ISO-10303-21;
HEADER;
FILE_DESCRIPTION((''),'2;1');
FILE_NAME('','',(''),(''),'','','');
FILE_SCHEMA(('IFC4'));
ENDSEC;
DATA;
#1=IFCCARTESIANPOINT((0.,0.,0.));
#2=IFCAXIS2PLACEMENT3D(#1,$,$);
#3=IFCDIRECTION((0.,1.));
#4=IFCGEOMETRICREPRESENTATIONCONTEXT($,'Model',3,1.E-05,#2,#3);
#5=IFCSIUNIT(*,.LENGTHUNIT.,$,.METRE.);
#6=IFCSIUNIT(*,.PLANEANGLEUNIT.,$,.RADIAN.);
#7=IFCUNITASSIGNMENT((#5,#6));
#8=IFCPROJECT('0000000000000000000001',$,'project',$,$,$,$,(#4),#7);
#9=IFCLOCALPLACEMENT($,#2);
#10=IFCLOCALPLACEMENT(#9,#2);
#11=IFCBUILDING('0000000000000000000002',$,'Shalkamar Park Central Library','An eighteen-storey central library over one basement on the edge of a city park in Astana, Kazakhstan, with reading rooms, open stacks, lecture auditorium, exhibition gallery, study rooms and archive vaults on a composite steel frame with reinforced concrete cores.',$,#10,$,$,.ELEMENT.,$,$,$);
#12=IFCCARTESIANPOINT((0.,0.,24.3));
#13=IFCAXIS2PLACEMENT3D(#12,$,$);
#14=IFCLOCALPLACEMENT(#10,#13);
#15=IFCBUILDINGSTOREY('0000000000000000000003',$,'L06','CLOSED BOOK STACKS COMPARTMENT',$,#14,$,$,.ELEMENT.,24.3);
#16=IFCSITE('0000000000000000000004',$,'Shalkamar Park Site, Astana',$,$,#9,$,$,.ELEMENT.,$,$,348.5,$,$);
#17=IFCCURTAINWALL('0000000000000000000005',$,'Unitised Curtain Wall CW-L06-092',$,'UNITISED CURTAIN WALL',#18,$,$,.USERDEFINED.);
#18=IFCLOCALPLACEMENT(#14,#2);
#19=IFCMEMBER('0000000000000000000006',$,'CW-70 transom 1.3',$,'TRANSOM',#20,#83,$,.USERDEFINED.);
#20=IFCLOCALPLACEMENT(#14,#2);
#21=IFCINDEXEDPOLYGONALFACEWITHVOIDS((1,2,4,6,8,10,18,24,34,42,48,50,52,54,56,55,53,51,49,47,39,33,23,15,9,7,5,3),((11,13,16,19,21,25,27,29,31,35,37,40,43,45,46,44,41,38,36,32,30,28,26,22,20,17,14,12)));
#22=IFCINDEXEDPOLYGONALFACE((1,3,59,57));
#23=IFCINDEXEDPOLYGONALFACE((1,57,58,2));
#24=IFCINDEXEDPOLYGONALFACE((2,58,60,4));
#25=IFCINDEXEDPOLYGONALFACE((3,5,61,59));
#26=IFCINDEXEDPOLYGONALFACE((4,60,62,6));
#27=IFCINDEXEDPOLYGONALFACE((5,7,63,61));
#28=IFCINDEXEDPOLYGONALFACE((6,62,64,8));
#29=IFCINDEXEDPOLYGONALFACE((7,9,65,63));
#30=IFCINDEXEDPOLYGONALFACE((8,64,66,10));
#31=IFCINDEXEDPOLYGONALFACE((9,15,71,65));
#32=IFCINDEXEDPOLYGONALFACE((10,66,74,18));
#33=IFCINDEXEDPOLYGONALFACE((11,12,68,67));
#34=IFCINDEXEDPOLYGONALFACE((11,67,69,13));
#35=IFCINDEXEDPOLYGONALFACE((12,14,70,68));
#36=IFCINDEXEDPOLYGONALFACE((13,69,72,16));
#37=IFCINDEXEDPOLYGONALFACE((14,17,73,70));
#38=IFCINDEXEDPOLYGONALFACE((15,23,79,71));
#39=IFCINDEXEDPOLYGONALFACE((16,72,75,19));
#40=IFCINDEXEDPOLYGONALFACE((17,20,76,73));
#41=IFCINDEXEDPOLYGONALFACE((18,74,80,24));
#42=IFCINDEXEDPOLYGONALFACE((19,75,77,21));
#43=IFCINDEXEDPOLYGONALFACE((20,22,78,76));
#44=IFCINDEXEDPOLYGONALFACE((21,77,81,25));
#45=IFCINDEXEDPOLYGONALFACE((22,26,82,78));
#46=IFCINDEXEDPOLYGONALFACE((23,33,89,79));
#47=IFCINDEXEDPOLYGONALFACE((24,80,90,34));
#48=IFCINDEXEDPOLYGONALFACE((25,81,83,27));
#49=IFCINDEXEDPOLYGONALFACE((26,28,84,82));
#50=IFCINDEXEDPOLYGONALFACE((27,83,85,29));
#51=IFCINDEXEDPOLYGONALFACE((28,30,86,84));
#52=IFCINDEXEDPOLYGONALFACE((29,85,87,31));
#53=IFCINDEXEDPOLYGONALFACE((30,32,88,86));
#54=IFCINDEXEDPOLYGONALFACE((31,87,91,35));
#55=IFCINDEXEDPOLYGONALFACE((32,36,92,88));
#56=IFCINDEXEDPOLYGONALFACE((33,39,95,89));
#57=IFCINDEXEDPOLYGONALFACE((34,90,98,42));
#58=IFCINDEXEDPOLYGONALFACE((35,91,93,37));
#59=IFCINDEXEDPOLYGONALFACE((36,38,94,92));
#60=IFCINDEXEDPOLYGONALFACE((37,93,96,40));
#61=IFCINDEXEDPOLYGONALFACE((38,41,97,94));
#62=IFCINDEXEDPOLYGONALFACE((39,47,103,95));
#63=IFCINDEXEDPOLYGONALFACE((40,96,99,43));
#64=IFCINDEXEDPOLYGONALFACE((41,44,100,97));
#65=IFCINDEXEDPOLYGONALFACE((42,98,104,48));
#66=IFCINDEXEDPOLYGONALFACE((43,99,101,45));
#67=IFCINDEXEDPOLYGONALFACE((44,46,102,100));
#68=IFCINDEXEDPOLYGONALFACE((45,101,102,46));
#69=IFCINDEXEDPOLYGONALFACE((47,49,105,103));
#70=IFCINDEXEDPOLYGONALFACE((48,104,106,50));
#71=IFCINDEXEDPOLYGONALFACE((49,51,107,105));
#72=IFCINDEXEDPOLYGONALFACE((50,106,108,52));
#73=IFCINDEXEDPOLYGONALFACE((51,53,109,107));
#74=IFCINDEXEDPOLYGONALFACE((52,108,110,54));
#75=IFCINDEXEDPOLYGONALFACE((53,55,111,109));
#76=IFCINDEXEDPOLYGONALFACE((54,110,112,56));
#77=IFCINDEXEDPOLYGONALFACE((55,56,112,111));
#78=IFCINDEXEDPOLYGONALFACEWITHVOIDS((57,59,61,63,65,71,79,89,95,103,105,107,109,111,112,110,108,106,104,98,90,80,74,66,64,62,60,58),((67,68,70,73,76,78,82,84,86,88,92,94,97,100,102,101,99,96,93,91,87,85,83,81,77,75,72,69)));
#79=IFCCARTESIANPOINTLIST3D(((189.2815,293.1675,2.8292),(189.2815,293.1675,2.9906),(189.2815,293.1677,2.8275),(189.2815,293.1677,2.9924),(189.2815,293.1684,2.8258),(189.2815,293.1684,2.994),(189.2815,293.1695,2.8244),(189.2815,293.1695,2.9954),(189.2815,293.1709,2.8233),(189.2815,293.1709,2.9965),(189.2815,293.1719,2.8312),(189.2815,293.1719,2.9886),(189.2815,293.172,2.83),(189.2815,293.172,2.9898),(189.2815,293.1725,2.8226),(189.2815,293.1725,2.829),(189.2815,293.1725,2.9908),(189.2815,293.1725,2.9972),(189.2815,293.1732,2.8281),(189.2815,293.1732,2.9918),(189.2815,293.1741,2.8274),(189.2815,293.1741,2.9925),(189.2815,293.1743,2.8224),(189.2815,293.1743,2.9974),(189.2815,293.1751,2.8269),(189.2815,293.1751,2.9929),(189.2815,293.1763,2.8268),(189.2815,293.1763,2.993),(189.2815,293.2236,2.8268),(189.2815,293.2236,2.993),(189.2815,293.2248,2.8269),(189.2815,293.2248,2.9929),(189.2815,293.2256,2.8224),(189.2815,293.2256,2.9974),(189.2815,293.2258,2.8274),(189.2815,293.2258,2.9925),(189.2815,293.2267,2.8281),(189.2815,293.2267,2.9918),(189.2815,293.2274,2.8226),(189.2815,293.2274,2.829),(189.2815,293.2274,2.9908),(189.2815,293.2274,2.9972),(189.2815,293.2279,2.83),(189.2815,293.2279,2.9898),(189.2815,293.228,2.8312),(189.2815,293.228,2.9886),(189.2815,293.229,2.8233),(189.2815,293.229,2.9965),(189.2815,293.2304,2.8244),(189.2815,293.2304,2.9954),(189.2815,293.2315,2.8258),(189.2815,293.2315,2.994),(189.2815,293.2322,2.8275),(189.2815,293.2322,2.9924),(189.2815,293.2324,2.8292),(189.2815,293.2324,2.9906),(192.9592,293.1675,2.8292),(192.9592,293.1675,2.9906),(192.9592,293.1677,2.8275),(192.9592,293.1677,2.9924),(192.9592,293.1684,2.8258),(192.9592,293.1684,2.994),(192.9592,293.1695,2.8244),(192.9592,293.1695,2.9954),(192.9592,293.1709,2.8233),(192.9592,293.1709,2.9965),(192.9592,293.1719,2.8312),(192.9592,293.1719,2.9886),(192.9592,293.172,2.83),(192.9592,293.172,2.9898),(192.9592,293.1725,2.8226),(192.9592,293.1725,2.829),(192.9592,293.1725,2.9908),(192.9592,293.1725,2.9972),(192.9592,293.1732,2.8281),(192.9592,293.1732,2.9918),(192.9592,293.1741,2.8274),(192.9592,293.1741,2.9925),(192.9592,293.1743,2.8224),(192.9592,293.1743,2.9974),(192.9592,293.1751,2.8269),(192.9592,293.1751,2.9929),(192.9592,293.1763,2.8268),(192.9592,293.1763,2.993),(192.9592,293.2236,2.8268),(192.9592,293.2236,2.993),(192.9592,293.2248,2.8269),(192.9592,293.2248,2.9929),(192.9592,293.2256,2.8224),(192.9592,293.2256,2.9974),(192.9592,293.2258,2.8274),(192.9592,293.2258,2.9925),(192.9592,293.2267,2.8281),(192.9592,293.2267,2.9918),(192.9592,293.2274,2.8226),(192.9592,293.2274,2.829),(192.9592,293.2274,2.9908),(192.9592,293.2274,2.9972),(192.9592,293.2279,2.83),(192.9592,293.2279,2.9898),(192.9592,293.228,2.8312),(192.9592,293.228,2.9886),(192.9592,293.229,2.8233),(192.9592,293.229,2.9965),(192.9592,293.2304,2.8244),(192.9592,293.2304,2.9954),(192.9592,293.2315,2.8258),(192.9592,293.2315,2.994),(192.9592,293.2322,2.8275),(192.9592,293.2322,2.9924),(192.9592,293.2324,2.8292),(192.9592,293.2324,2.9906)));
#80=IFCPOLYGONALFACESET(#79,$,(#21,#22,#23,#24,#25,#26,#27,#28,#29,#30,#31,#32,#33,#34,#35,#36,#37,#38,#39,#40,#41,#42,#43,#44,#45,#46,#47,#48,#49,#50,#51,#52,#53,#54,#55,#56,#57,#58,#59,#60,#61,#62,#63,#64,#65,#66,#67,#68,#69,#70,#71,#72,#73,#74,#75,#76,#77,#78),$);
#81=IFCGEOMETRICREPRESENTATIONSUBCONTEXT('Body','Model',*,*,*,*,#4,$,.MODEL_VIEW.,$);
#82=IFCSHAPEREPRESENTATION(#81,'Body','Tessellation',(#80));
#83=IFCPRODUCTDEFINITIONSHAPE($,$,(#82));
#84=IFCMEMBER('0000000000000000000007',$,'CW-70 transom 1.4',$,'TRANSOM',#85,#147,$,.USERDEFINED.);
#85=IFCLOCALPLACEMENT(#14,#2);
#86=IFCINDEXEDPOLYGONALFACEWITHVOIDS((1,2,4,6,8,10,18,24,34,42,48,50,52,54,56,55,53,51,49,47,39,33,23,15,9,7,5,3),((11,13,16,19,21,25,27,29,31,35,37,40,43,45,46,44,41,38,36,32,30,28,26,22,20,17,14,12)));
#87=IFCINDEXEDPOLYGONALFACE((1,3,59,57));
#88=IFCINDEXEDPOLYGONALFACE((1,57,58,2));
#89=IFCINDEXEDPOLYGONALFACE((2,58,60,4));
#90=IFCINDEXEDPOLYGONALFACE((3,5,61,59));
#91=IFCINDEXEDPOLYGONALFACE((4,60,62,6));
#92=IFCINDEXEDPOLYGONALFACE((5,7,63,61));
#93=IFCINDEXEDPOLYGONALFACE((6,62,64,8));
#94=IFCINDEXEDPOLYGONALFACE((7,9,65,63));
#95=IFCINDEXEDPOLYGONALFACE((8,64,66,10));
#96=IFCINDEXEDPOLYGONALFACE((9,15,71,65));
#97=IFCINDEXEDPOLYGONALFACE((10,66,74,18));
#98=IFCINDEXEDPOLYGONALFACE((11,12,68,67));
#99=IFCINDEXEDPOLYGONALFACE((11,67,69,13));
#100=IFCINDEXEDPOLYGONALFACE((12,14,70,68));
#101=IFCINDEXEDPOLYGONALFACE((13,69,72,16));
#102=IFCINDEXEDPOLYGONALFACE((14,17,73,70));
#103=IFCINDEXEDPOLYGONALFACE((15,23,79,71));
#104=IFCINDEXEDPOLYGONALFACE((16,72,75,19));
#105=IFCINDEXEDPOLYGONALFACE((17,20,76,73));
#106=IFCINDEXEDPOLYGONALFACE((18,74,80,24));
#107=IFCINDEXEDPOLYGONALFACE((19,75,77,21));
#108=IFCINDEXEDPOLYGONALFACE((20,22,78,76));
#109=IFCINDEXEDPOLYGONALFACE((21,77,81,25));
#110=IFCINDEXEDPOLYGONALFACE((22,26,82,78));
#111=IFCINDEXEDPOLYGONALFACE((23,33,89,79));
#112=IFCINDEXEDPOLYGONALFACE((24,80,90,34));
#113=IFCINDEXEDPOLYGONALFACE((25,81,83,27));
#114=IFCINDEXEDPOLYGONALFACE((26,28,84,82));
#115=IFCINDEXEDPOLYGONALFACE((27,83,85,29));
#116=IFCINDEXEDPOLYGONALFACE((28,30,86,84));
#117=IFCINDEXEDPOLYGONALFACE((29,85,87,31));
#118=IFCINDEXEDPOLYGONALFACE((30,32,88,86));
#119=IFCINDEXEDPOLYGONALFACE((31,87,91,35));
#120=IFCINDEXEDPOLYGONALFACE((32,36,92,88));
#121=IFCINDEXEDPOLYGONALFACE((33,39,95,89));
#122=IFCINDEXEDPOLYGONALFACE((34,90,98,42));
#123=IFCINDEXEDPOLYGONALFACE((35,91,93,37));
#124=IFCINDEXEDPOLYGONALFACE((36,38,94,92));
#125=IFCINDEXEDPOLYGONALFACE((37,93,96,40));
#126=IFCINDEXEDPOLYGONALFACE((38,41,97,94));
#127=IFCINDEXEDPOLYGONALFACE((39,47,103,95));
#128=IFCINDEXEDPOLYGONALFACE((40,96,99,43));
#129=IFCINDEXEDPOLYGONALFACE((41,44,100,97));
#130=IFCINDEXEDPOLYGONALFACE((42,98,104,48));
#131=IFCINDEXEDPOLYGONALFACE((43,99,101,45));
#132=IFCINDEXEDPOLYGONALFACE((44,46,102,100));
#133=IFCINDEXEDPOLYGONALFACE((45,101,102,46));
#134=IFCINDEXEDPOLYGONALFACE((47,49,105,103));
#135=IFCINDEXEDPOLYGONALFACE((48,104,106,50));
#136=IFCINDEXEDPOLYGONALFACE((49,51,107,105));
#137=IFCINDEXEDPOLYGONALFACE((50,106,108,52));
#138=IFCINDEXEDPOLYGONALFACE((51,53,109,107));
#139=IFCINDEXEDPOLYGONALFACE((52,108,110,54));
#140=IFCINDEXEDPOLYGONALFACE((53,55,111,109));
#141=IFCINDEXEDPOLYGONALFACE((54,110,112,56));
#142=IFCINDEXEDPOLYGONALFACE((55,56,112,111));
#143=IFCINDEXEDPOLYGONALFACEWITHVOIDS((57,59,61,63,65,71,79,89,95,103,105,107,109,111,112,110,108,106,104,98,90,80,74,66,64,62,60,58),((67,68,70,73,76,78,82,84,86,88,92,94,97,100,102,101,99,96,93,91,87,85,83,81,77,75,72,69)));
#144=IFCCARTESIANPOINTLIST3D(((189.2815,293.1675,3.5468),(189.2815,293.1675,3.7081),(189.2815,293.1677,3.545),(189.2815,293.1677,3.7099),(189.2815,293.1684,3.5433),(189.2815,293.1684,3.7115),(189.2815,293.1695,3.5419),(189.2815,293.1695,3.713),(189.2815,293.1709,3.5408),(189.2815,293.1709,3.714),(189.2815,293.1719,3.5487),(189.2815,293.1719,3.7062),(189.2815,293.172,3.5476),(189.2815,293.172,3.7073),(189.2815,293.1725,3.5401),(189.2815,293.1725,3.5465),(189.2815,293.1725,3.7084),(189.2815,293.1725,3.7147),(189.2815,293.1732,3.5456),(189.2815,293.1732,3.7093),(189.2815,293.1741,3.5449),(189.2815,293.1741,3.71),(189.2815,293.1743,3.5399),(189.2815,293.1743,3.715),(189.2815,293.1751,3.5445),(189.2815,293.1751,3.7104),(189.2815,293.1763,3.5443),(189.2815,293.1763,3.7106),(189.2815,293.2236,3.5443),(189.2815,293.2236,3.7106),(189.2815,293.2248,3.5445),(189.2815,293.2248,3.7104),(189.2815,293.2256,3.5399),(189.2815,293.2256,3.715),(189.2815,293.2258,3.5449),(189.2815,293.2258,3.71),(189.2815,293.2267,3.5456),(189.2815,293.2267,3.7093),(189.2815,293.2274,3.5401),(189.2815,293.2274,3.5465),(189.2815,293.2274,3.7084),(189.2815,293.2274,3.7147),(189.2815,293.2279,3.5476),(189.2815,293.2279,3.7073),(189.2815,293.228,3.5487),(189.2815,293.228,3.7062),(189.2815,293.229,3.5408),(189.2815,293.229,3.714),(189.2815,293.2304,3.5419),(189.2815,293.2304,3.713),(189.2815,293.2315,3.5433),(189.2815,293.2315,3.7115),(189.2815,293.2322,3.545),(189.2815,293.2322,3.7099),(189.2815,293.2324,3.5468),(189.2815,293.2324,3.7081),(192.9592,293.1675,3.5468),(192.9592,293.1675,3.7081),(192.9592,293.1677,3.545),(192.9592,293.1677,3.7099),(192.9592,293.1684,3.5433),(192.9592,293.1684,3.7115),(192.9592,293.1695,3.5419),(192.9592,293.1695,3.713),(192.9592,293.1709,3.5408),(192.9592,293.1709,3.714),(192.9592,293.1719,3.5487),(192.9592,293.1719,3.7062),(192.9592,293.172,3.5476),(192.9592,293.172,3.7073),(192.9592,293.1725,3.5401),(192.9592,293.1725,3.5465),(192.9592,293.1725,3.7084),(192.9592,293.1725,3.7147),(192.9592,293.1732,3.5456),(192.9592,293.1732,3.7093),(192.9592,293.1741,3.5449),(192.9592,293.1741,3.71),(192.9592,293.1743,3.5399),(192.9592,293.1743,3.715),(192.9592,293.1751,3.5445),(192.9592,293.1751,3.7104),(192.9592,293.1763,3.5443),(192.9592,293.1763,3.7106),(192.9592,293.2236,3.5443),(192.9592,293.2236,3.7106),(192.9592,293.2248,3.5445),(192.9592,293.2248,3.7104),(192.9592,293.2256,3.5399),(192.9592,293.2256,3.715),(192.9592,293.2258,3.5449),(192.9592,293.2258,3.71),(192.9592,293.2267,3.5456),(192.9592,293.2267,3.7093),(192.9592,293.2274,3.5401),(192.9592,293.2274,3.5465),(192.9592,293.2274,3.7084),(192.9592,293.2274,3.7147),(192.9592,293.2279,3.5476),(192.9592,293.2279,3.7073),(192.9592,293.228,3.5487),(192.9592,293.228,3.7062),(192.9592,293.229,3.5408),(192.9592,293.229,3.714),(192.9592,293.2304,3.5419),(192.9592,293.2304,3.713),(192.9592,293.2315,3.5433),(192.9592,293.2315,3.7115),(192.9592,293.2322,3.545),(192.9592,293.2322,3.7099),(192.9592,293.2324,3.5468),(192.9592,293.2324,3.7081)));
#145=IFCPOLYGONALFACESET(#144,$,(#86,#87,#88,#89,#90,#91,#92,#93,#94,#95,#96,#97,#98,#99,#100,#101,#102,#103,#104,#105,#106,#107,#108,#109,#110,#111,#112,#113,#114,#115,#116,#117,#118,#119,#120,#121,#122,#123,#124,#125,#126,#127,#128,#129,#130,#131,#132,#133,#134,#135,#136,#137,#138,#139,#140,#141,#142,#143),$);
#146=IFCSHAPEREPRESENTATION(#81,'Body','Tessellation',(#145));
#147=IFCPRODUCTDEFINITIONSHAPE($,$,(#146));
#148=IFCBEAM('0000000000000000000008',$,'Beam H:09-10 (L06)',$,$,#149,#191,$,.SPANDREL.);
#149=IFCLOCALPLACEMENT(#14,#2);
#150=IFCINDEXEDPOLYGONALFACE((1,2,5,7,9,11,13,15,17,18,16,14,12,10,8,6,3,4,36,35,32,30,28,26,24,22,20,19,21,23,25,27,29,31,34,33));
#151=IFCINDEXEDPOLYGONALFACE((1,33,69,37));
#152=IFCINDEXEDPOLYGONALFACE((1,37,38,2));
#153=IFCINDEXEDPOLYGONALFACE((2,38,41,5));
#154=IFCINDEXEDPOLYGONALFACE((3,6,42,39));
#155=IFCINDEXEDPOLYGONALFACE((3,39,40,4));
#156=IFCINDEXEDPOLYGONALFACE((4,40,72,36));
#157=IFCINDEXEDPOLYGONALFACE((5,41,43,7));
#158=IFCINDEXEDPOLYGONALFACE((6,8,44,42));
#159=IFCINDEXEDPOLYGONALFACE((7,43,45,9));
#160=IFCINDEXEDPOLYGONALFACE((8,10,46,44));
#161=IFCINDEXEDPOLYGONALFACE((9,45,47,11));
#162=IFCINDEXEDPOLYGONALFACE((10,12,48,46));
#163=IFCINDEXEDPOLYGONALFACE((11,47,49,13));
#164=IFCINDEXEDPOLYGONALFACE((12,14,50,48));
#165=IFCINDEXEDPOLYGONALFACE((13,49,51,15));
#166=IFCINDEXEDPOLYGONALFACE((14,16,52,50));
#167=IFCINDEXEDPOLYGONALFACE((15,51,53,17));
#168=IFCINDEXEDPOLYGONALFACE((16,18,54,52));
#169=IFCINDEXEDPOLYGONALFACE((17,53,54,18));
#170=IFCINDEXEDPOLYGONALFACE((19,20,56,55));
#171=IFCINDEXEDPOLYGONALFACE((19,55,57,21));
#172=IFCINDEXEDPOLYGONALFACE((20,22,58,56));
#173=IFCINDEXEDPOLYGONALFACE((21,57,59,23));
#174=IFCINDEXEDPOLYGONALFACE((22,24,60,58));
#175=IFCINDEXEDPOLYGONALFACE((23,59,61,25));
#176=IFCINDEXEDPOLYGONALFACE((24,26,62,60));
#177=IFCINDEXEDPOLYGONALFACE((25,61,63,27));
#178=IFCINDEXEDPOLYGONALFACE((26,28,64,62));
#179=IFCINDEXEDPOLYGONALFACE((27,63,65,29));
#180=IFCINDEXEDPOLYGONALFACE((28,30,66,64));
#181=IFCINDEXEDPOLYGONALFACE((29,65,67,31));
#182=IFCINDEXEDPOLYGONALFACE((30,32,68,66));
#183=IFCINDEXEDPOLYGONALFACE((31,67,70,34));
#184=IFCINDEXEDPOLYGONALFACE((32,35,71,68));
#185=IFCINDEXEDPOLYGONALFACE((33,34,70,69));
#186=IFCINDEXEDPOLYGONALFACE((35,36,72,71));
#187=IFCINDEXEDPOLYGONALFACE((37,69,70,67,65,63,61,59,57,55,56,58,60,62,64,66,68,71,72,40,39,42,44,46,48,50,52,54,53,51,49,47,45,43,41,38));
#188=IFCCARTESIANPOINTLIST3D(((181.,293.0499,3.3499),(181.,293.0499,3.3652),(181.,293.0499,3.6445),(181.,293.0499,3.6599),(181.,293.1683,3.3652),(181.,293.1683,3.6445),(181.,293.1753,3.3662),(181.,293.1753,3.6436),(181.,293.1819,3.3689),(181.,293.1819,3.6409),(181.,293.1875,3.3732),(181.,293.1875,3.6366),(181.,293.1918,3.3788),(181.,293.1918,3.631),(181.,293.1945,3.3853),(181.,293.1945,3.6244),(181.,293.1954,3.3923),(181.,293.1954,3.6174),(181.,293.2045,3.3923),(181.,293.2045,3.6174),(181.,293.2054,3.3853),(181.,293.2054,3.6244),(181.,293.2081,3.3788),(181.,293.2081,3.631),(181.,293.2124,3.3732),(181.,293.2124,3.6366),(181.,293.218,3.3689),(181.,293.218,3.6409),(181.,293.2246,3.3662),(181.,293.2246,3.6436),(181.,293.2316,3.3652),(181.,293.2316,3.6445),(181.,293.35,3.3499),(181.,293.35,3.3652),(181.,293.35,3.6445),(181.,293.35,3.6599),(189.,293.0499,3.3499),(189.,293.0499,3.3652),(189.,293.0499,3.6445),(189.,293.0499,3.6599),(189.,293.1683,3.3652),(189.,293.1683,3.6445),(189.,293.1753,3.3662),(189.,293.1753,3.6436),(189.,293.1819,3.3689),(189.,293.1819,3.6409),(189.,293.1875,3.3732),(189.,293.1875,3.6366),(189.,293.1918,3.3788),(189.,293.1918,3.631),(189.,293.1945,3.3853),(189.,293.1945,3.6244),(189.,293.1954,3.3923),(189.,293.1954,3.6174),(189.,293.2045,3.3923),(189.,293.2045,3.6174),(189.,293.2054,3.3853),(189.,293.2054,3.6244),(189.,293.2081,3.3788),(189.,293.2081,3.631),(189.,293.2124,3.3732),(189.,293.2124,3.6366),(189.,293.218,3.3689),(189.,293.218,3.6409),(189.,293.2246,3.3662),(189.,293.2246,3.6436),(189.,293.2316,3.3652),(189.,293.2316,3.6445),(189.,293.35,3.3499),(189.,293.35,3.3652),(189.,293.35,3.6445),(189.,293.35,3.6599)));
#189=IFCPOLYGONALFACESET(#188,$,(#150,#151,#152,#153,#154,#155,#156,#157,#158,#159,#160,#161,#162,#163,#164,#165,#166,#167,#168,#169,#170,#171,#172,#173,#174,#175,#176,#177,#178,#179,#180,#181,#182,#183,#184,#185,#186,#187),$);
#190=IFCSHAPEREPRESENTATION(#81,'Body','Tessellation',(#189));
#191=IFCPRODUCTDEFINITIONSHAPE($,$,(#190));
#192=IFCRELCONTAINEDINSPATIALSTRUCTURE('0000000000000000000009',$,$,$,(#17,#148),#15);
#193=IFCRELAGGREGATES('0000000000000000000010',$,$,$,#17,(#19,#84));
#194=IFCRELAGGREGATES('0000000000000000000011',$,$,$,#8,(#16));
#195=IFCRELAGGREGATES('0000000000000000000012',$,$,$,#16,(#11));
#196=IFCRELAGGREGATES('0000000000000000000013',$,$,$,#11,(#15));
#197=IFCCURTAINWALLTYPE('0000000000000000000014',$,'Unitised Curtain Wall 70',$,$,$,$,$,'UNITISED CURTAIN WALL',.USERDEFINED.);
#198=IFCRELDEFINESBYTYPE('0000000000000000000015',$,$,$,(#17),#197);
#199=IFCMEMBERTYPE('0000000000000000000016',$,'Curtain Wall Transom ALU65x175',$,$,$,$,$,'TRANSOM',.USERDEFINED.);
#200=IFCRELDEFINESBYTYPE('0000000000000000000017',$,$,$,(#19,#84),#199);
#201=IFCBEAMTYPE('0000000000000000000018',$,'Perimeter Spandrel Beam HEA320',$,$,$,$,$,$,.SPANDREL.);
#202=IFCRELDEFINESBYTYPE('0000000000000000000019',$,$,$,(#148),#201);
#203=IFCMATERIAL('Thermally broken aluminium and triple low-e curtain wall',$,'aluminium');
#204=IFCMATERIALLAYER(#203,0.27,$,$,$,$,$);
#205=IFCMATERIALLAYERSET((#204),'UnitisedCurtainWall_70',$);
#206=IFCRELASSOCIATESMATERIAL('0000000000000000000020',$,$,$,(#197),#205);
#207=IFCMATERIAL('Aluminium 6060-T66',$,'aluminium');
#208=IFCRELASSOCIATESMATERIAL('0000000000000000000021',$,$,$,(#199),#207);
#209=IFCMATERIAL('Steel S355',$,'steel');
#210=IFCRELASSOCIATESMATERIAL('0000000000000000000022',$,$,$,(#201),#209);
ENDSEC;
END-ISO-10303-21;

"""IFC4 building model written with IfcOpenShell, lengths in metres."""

from ifc_helpers import new_model, si_unit, direction, frame, origin, origin_2d, place, context, subcontext, project, spatial, hollow_rectangle, i_section, extrude, material, layer, layer_set, material_profile, profile_set, type_object, element, aggregate, save


model = new_model("IFC4")

# Units and contexts
model_context = context("Model", 3, precision=1e-05, world=origin(), true_north=direction((0.0, 1.0)))
body_context = subcontext(model_context, "Body", "Model", "MODEL_VIEW")
ifc_project = project(units=[si_unit("LENGTHUNIT", "METRE"), si_unit("PLANEANGLEUNIT", "RADIAN")], contexts=[model_context])

# Site, building, storey
site_placement = place(None, origin())
site = spatial("IfcSite", under=ifc_project, at=site_placement, Name="Shalkamar Park Site, Astana", CompositionType="ELEMENT", RefElevation=348.5)
building_placement = place(site_placement, origin())
building = spatial("IfcBuilding", under=site, at=building_placement, Name="Shalkamar Park Central Library", Description="An eighteen-storey central library over one basement on the edge of a city park in Astana, Kazakhstan, with reading rooms, open stacks, lecture auditorium, exhibition gallery, study rooms and archive vaults on a composite steel frame with reinforced concrete cores.", CompositionType="ELEMENT")
storey_placement = place(building_placement, frame((0.0, 0.0, 24.3)))
storey = spatial("IfcBuildingStorey", under=building, at=storey_placement, Name="L06", Description="CLOSED BOOK STACKS COMPARTMENT", CompositionType="ELEMENT", Elevation=24.3)

# Shared definitions
ifc_material_1 = material(Name="Steel S355", Category="steel")

# Shared definitions
ifc_material_2 = material(Name="Thermally broken aluminium and triple low-e curtain wall", Category="aluminium")
ifc_material_3 = material(Name="Aluminium 6060-T66", Category="aluminium")

# Curtain wall
ifc_layer_1 = layer(ifc_material_2, 0.27)
ifc_layer_set_1 = layer_set([ifc_layer_1], Name="UnitisedCurtainWall_70")
curtain_wall_type_1 = type_object("IfcCurtainWallType", Name="Unitised Curtain Wall 70", ElementType="UNITISED CURTAIN WALL", PredefinedType="USERDEFINED", material=ifc_layer_set_1)
curtain_wall_1_placement = place(storey_placement, origin())
curtain_wall_1 = element("IfcCurtainWall", 1, at=curtain_wall_1_placement, inside=storey, type_object=curtain_wall_type_1, Name="Unitised Curtain Wall CW-L06-092", ObjectType="UNITISED CURTAIN WALL", PredefinedType="USERDEFINED")

# Members
ifc_material_profile_1 = material_profile(ifc_material_3, hollow_rectangle(XDim=0.0649, YDim=0.175, WallThickness=0.0044, InnerFilletRadius=0.0044, OuterFilletRadius=0.0068, at=origin_2d()), Name="ALU 65x175x4.5")
ifc_profile_set_1 = profile_set([ifc_material_profile_1], Name="Aluminium 6060-T66")
member_type_1 = type_object("IfcMemberType", Name="Curtain Wall Transom ALU65x175", ElementType="TRANSOM", PredefinedType="USERDEFINED", material=ifc_profile_set_1)
member_1_placement = place(storey_placement, frame((189.2815, 293.2, 2.9099), z_axis=(1.0, 0.0, 0.0), x_axis=(0.0, 1.0, 0.0)))
member_1 = element("IfcMember", 2, at=member_1_placement, type_object=member_type_1, Name="CW-70 transom 1.3", ObjectType="TRANSOM", PredefinedType="USERDEFINED", context=body_context, shape_type="SweptSolid", body=[
    extrude(hollow_rectangle(XDim=0.0649, YDim=0.175, WallThickness=0.0044, InnerFilletRadius=0.0044, OuterFilletRadius=0.0068, at=origin_2d()), origin(), (0.0, 0.0, 1.0), 3.6777),
])
member_2_placement = place(storey_placement, frame((189.2815, 293.2, 3.6274), z_axis=(1.0, 0.0, 0.0), x_axis=(0.0, 1.0, 0.0)))
member_2 = element("IfcMember", 3, at=member_2_placement, type_object=member_type_1, Name="CW-70 transom 1.4", ObjectType="TRANSOM", PredefinedType="USERDEFINED", context=body_context, shape_type="SweptSolid", body=[
    extrude(hollow_rectangle(XDim=0.0649, YDim=0.175, WallThickness=0.0044, InnerFilletRadius=0.0044, OuterFilletRadius=0.0068, at=origin_2d()), origin(), (0.0, 0.0, 1.0), 3.6777),
])

# Beam
ifc_material_profile_2 = material_profile(ifc_material_1, i_section(OverallWidth=0.3, OverallDepth=0.3101, WebThickness=0.009, FlangeThickness=0.0154, FilletRadius=0.0271, at=origin_2d()), Name="HEA 320")
ifc_profile_set_2 = profile_set([ifc_material_profile_2], Name="Steel S355")
beam_type = type_object("IfcBeamType", Name="Perimeter Spandrel Beam HEA320", PredefinedType="SPANDREL", material=ifc_profile_set_2)
for number, where, z_axis, x_axis, name in (
    (4, (181.0, 293.2, 3.5049), (1.0, 0.0, 0.0), (0.0, 1.0, 0.0), "Beam H:09-10 (L06)"),
):
    element("IfcBeam", number, at=place(storey_placement, frame(where, z_axis=z_axis, x_axis=x_axis)), inside=storey, type_object=beam_type, Name=name, PredefinedType="SPANDREL", context=body_context, shape_type="SweptSolid", body=[
        extrude(i_section(OverallWidth=0.3, OverallDepth=0.3101, WebThickness=0.009, FlangeThickness=0.0154, FilletRadius=0.0271, at=origin_2d()), origin(), (0.0, 0.0, 1.0), 8.0),
    ])

aggregate(curtain_wall_1, [member_1, member_2])

save(model, "model.ifc")
